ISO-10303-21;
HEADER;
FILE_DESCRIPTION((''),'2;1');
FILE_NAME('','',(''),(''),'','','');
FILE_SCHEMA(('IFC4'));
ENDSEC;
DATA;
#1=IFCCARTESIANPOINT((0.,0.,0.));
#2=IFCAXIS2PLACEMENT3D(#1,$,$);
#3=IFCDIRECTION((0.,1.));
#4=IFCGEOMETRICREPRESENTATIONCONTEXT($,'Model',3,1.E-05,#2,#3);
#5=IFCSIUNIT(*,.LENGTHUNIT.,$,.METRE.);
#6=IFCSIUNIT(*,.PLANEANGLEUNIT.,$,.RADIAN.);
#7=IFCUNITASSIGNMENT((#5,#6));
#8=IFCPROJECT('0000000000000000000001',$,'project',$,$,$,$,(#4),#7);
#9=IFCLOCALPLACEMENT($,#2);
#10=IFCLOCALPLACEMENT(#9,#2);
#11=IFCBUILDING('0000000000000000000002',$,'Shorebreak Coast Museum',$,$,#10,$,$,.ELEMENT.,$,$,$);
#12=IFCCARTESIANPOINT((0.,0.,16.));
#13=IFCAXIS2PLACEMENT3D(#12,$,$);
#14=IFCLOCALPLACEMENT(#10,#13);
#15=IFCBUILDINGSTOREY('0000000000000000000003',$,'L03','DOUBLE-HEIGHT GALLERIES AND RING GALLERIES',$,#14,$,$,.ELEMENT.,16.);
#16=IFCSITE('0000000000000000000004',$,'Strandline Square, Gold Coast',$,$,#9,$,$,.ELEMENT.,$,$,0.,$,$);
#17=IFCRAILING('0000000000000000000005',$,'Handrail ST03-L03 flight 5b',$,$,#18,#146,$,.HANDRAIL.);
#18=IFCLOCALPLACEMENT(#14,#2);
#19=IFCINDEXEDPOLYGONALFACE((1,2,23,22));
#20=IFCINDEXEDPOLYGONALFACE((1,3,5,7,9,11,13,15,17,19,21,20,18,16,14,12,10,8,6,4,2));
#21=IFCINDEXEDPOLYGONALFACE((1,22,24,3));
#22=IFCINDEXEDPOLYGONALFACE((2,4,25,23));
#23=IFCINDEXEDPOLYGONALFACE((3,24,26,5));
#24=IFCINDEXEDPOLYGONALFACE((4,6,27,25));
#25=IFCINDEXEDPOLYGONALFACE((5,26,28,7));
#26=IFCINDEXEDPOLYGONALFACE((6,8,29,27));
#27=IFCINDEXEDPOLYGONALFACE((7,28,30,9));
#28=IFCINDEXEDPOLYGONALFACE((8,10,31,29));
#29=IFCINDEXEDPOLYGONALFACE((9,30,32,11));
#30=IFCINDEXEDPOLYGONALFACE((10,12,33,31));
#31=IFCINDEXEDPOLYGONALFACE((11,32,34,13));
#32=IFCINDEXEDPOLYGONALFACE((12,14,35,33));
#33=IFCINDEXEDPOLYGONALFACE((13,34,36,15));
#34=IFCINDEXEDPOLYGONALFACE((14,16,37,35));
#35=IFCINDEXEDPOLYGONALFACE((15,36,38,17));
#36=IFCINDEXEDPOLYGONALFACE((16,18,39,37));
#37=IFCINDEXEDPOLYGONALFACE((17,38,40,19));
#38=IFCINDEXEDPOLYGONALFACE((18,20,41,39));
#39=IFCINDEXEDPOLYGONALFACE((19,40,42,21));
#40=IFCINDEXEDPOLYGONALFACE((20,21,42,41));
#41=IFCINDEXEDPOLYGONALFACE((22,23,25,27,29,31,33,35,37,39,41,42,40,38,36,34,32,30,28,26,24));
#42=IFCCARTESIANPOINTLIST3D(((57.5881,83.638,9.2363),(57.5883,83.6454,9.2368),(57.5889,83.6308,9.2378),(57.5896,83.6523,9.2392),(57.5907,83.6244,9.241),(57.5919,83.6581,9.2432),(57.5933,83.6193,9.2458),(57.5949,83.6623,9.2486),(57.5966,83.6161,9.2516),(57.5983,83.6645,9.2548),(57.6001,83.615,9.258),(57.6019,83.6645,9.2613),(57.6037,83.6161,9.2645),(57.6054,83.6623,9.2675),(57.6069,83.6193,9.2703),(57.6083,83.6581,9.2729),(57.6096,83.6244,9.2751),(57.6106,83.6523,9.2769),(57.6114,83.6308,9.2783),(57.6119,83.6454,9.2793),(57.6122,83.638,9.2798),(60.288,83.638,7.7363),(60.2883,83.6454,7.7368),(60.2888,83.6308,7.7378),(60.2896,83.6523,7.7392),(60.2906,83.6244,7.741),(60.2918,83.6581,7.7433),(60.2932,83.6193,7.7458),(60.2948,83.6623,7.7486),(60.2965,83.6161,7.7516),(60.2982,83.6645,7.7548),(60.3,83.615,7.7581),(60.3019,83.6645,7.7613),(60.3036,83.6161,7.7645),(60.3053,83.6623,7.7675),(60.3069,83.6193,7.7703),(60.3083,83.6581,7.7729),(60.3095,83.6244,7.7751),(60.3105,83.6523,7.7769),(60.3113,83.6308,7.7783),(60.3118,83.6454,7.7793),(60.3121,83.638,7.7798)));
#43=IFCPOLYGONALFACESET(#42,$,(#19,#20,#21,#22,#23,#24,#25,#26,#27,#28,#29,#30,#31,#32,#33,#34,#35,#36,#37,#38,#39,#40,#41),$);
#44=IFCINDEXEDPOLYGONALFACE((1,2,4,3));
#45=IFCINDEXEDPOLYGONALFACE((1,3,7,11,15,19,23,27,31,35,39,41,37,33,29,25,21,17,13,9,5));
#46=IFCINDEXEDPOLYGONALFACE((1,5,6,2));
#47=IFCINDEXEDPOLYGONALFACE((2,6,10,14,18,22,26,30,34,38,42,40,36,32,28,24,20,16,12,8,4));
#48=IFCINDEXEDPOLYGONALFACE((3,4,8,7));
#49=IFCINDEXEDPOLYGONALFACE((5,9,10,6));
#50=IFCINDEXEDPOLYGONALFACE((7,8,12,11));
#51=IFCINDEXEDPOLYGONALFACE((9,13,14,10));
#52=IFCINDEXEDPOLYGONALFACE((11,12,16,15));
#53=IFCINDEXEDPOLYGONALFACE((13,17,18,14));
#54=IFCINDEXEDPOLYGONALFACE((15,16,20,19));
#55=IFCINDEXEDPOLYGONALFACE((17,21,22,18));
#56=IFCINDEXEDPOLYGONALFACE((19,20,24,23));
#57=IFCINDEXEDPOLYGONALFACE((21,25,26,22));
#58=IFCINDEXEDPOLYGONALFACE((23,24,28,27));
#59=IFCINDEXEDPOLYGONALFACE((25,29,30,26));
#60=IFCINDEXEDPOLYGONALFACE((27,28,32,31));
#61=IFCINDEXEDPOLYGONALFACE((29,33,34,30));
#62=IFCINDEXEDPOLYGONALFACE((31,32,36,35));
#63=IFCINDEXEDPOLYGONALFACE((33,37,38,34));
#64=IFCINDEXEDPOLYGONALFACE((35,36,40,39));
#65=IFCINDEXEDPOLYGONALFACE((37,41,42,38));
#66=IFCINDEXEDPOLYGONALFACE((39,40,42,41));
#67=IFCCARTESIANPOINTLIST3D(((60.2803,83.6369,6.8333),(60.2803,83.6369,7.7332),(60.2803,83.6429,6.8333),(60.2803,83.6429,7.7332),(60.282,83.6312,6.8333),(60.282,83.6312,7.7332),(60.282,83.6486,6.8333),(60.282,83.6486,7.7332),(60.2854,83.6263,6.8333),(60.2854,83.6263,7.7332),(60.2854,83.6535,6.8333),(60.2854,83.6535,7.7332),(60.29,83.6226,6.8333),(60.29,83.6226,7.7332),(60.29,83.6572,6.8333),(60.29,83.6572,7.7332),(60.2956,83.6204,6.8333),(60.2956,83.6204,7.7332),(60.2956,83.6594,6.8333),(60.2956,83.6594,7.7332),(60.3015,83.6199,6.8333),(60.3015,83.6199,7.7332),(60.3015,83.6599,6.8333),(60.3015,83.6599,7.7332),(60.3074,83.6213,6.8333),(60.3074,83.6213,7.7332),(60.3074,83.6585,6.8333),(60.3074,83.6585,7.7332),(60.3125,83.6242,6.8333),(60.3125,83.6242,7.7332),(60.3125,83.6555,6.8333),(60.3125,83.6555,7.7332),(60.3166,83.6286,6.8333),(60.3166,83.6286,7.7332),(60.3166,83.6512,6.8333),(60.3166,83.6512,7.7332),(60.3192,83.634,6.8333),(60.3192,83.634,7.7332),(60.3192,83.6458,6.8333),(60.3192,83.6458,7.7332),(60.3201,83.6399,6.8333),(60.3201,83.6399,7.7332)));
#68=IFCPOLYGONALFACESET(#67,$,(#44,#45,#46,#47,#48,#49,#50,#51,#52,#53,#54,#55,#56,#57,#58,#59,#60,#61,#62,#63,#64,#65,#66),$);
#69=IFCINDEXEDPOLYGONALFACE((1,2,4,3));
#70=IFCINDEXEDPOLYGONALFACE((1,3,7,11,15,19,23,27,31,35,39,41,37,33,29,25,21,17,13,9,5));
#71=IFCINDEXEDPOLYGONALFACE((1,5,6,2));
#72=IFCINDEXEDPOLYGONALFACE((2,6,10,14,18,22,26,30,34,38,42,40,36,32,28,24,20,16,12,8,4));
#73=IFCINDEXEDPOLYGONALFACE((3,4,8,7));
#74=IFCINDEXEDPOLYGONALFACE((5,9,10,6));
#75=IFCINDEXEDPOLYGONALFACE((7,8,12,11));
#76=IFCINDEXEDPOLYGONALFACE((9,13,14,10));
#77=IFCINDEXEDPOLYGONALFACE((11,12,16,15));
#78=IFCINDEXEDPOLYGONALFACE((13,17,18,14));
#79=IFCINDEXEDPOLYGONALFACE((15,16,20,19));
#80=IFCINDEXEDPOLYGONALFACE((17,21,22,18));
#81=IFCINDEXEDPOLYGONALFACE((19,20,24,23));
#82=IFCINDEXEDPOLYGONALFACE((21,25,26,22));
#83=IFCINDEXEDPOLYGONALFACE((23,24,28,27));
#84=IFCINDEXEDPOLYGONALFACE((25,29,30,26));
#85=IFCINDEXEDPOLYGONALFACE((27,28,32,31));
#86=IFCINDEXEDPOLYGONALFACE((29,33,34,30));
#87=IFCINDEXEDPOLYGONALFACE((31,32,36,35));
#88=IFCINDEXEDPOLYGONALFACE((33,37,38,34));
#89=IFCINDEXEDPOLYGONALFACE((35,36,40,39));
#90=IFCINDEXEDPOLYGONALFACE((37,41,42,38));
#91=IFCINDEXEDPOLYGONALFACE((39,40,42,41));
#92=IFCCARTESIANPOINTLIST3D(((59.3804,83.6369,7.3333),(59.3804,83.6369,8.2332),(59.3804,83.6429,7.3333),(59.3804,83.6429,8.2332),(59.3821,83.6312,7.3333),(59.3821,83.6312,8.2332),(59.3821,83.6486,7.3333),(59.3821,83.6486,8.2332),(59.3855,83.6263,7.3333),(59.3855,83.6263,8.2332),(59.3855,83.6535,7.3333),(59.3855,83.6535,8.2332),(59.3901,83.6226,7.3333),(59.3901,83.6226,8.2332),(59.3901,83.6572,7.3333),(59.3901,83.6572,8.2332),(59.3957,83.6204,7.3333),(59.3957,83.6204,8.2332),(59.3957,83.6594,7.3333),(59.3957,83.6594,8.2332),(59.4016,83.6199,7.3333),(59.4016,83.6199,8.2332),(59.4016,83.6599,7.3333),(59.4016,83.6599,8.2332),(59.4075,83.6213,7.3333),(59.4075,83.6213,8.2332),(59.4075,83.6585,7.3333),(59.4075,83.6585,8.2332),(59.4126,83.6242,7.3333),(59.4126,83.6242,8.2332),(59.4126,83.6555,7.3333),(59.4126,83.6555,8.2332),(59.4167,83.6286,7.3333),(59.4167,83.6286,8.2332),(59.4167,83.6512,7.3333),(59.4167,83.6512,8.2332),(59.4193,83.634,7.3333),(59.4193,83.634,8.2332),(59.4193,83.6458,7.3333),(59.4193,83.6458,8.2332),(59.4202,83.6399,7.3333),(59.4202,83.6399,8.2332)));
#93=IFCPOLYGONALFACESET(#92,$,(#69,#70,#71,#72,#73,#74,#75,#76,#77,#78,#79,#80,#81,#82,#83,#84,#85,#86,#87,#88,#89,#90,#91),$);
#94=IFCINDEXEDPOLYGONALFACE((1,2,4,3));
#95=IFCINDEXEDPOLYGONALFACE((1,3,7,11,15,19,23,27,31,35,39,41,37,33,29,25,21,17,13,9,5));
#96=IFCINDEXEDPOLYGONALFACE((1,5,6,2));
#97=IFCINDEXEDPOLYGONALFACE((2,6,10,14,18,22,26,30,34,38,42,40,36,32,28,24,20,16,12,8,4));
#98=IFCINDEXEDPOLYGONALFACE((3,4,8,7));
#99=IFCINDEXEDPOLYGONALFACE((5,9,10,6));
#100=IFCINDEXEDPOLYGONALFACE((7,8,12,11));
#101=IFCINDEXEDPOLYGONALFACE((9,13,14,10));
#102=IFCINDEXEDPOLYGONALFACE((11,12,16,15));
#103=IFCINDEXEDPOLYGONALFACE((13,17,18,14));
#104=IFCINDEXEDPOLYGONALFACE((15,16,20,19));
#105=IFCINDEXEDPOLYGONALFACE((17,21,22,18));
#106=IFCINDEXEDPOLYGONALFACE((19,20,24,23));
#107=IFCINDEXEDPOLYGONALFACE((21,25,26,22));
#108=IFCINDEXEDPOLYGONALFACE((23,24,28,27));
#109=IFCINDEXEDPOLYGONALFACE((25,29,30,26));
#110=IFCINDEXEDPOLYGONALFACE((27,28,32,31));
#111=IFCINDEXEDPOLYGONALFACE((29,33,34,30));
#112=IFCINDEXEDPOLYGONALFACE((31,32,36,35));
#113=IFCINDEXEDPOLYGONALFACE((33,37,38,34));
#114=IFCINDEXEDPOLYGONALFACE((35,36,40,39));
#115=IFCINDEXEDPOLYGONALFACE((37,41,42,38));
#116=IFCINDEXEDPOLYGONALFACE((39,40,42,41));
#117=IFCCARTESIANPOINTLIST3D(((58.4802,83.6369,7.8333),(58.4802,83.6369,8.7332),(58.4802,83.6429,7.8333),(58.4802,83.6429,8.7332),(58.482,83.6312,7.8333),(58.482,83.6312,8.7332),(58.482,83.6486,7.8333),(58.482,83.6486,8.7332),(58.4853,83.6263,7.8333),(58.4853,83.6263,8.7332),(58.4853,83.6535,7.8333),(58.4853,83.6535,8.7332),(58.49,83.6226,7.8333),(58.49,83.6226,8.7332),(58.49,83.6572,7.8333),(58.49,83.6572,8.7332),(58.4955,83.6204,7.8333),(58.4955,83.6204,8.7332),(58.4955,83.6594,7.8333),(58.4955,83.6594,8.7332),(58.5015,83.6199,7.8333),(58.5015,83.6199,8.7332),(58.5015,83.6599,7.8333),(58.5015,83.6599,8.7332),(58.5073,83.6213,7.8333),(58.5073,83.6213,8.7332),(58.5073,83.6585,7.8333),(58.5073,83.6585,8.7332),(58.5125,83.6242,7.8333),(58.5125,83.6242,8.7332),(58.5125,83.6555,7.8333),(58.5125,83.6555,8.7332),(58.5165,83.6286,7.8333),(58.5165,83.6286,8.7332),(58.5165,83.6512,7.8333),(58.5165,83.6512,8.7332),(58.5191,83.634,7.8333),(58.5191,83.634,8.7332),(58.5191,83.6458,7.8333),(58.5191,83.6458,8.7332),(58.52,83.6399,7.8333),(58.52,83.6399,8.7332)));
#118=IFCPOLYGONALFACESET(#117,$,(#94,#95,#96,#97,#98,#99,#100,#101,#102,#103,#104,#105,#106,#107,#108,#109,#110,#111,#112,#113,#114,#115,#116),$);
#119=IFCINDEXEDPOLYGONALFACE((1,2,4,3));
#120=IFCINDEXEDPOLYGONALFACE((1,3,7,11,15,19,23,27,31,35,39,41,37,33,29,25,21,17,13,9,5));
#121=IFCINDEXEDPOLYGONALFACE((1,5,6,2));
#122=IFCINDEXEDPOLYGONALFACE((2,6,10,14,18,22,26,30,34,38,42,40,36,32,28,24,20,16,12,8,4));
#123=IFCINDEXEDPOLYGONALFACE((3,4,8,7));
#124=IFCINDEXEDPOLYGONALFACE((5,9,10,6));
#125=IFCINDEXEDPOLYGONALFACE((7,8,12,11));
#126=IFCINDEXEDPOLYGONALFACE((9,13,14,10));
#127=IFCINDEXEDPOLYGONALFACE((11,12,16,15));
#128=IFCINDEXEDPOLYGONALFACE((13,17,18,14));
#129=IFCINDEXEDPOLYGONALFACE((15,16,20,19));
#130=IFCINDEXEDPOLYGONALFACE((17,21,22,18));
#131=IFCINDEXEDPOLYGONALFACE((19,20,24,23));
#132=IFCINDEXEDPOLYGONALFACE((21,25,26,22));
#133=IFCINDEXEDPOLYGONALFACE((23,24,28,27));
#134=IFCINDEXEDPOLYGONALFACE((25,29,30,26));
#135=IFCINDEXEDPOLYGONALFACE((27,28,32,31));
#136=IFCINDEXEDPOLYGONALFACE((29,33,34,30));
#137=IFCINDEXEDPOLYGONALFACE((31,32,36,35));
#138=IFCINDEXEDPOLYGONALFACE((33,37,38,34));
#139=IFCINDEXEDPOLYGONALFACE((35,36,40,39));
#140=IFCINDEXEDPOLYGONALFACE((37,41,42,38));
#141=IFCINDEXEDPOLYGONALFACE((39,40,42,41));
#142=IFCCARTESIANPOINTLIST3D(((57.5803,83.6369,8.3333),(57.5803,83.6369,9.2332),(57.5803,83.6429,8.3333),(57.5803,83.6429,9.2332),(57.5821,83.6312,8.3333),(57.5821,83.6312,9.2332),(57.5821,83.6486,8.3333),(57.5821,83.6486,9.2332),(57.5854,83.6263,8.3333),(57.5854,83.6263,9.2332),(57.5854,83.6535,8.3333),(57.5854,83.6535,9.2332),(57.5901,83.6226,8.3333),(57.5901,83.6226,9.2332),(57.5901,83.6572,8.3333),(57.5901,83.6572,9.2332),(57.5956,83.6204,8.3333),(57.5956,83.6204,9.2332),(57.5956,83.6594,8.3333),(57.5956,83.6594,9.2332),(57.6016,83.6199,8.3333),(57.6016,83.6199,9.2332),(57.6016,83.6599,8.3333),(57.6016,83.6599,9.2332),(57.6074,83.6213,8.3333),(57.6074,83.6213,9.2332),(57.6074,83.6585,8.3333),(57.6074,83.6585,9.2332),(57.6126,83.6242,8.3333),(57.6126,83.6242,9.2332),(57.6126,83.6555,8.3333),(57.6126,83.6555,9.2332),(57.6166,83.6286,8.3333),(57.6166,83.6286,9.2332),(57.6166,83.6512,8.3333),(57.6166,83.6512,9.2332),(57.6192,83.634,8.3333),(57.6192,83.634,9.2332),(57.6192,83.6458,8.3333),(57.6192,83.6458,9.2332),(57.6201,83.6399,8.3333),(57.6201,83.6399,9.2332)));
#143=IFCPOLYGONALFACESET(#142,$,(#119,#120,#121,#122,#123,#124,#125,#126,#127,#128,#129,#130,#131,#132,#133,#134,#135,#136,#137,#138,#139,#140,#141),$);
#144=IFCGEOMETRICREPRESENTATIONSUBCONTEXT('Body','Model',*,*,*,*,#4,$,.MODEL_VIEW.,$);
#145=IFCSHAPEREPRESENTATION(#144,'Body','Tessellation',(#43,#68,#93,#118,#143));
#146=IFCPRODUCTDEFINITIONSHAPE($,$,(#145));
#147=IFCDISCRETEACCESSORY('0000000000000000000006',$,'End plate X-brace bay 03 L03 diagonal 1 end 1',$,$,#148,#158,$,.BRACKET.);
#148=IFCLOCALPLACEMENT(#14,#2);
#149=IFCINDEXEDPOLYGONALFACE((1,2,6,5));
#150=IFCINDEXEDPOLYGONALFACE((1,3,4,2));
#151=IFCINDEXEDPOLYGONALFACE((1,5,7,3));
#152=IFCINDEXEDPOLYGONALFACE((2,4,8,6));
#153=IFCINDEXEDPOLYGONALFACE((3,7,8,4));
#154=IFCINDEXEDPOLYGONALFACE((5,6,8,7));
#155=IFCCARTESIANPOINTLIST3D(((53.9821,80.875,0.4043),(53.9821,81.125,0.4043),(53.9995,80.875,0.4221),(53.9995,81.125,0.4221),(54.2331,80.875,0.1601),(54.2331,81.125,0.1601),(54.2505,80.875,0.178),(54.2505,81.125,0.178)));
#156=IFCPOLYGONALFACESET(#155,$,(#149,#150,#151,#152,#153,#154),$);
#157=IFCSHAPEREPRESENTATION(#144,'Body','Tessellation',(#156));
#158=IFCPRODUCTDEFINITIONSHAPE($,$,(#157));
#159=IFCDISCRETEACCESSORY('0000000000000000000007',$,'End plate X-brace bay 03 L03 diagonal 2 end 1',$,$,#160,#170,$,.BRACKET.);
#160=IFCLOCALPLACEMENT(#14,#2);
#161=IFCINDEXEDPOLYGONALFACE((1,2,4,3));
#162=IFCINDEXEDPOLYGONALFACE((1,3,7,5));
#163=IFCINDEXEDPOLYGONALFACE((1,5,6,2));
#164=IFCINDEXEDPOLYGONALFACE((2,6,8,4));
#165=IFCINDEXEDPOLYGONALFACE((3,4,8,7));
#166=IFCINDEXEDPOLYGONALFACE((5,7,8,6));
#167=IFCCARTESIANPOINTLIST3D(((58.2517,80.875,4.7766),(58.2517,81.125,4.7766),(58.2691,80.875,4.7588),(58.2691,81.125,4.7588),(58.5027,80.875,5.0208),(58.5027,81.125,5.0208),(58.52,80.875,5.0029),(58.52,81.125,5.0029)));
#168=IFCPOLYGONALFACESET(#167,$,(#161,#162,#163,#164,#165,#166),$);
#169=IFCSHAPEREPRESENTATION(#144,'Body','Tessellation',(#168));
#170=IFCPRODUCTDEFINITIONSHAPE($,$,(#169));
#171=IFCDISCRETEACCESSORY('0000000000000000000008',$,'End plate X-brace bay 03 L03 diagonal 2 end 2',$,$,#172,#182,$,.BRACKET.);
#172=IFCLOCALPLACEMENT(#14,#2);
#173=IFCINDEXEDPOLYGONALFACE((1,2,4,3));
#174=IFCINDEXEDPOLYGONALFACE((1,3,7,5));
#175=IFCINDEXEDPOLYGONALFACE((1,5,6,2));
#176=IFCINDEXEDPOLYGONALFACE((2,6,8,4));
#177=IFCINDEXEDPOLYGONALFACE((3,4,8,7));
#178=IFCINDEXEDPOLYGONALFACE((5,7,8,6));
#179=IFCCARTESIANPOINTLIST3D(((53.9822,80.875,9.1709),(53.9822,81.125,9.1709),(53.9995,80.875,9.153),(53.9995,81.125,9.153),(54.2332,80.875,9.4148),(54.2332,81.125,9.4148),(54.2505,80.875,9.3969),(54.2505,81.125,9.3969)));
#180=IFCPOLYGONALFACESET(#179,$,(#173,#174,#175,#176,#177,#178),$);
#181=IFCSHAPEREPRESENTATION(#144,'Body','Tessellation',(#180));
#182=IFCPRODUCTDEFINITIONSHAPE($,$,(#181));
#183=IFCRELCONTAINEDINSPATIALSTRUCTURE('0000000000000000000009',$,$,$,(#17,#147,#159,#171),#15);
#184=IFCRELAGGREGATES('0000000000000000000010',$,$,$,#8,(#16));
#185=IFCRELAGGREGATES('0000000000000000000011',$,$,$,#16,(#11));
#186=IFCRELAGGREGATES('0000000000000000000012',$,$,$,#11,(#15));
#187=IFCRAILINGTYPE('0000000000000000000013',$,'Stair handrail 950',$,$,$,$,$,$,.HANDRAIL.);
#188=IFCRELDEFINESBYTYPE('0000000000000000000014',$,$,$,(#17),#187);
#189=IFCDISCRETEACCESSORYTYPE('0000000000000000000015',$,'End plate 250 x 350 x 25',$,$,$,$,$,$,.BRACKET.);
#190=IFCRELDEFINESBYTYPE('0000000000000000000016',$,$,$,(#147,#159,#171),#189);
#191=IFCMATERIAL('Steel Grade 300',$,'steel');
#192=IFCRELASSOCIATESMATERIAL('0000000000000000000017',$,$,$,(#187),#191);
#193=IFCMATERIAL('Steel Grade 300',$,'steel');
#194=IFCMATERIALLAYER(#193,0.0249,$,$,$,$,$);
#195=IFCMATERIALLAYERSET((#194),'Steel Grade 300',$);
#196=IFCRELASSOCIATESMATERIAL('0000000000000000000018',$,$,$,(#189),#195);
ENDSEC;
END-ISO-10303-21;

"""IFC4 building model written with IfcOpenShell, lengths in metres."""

from ifc_helpers import new_model, si_unit, direction, frame, origin, origin_2d, place, context, subcontext, project, spatial, polyline, circle, outline, extrude, material, layer, layer_set, type_object, element, save


model = new_model("IFC4")

# Units and contexts
model_context = context("Model", 3, precision=1e-05, world=origin(), true_north=direction((0.0, 1.0)))
body_context = subcontext(model_context, "Body", "Model", "MODEL_VIEW")
ifc_project = project(units=[si_unit("LENGTHUNIT", "METRE"), si_unit("PLANEANGLEUNIT", "RADIAN")], contexts=[model_context])

# Site, building, storey
site_placement = place(None, origin())
site = spatial("IfcSite", under=ifc_project, at=site_placement, Name="Strandline Square, Gold Coast", CompositionType="ELEMENT", RefElevation=0.0)
building_placement = place(site_placement, origin())
building = spatial("IfcBuilding", under=site, at=building_placement, Name="Shorebreak Coast Museum", CompositionType="ELEMENT")
storey_placement = place(building_placement, frame((0.0, 0.0, 16.0)))
storey = spatial("IfcBuildingStorey", under=building, at=storey_placement, Name="L03", Description="DOUBLE-HEIGHT GALLERIES AND RING GALLERIES", CompositionType="ELEMENT", Elevation=16.0)

# Railing
ifc_material_1 = material(Name="Steel Grade 300", Category="steel")
railing_type_1 = type_object("IfcRailingType", Name="Stair handrail 950", PredefinedType="HANDRAIL", material=ifc_material_1)
for number, where, name in (
    (1, (60.3, 83.6399, 6.8333), "Handrail ST03-L03 flight 5b"),
):
    element("IfcRailing", number, at=place(storey_placement, frame(where)), inside=storey, type_object=railing_type_1, Name=name, PredefinedType="HANDRAIL", context=body_context, shape_type="SweptSolid", body=[
        extrude(circle(Radius=0.0249, at=origin_2d()), frame((0.0, 0.0, 0.9248), z_axis=(-0.874154, 0.0, 0.48565), x_axis=(0.0, -1.0, 0.0)), (0.0, 0.0, 1.0), 3.0886),
        extrude(circle(Radius=0.02, at=origin_2d()), origin(), (0.0, 0.0, 1.0), 0.8999),
        extrude(circle(Radius=0.02, at=origin_2d()), frame((-0.8999, 0.0, 0.5)), (0.0, 0.0, 1.0), 0.8999),
        extrude(circle(Radius=0.02, at=origin_2d()), frame((-1.8, 0.0, 1.0)), (0.0, 0.0, 1.0), 0.8999),
        extrude(circle(Radius=0.02, at=origin_2d()), frame((-2.7, 0.0, 1.5)), (0.0, 0.0, 1.0), 0.8999),
    ])

# Discrete accessories
ifc_material_2 = material(Name="Steel Grade 300", Category="steel")
ifc_layer_1 = layer(ifc_material_2, 0.0249)
ifc_layer_set_1 = layer_set([ifc_layer_1], Name="Steel Grade 300")
discrete_accessory_type = type_object("IfcDiscreteAccessoryType", Name="End plate 250 x 350 x 25", PredefinedType="BRACKET", material=ifc_layer_set_1)
for number, where, z_axis, x_axis, name in (
    (2, (54.2505, 80.875, 0.178), (0.697278, 0.0, 0.716801), (0.0, 1.0, 0.0), "End plate X-brace bay 03 L03 diagonal 1 end 1"),
    (3, (58.2517, 81.125, 4.7766), (-0.697278, 0.0, 0.716801), (0.0, -1.0, 0.0), "End plate X-brace bay 03 L03 diagonal 2 end 1"),
):
    element("IfcDiscreteAccessory", number, at=place(storey_placement, frame(where, z_axis=z_axis, x_axis=x_axis)), inside=storey, type_object=discrete_accessory_type, Name=name, PredefinedType="BRACKET", context=body_context, shape_type="SweptSolid", body=[
        extrude(outline(polyline([(0.0, 0.0), (0.25, 0.0), (0.25, 0.3501), (0.0, 0.3501), (0.0, 0.0)])), origin(), (0.0, 0.0, -1.0), 0.0249),
    ])
discrete_accessory_placement = place(storey_placement, frame((53.9822, 81.125, 9.1709), z_axis=(-0.696919, 0.0, 0.71715), x_axis=(0.0, -1.0, 0.0)))
element("IfcDiscreteAccessory", 4, at=discrete_accessory_placement, inside=storey, type_object=discrete_accessory_type, Name="End plate X-brace bay 03 L03 diagonal 2 end 2", PredefinedType="BRACKET", context=body_context, shape_type="SweptSolid", body=[
    extrude(outline(polyline([(0.0, 0.0), (0.25, 0.0), (0.25, 0.35), (0.0, 0.35), (0.0, 0.0)])), origin(), (0.0, 0.0, -1.0), 0.0249),
])

save(model, "model.ifc")
